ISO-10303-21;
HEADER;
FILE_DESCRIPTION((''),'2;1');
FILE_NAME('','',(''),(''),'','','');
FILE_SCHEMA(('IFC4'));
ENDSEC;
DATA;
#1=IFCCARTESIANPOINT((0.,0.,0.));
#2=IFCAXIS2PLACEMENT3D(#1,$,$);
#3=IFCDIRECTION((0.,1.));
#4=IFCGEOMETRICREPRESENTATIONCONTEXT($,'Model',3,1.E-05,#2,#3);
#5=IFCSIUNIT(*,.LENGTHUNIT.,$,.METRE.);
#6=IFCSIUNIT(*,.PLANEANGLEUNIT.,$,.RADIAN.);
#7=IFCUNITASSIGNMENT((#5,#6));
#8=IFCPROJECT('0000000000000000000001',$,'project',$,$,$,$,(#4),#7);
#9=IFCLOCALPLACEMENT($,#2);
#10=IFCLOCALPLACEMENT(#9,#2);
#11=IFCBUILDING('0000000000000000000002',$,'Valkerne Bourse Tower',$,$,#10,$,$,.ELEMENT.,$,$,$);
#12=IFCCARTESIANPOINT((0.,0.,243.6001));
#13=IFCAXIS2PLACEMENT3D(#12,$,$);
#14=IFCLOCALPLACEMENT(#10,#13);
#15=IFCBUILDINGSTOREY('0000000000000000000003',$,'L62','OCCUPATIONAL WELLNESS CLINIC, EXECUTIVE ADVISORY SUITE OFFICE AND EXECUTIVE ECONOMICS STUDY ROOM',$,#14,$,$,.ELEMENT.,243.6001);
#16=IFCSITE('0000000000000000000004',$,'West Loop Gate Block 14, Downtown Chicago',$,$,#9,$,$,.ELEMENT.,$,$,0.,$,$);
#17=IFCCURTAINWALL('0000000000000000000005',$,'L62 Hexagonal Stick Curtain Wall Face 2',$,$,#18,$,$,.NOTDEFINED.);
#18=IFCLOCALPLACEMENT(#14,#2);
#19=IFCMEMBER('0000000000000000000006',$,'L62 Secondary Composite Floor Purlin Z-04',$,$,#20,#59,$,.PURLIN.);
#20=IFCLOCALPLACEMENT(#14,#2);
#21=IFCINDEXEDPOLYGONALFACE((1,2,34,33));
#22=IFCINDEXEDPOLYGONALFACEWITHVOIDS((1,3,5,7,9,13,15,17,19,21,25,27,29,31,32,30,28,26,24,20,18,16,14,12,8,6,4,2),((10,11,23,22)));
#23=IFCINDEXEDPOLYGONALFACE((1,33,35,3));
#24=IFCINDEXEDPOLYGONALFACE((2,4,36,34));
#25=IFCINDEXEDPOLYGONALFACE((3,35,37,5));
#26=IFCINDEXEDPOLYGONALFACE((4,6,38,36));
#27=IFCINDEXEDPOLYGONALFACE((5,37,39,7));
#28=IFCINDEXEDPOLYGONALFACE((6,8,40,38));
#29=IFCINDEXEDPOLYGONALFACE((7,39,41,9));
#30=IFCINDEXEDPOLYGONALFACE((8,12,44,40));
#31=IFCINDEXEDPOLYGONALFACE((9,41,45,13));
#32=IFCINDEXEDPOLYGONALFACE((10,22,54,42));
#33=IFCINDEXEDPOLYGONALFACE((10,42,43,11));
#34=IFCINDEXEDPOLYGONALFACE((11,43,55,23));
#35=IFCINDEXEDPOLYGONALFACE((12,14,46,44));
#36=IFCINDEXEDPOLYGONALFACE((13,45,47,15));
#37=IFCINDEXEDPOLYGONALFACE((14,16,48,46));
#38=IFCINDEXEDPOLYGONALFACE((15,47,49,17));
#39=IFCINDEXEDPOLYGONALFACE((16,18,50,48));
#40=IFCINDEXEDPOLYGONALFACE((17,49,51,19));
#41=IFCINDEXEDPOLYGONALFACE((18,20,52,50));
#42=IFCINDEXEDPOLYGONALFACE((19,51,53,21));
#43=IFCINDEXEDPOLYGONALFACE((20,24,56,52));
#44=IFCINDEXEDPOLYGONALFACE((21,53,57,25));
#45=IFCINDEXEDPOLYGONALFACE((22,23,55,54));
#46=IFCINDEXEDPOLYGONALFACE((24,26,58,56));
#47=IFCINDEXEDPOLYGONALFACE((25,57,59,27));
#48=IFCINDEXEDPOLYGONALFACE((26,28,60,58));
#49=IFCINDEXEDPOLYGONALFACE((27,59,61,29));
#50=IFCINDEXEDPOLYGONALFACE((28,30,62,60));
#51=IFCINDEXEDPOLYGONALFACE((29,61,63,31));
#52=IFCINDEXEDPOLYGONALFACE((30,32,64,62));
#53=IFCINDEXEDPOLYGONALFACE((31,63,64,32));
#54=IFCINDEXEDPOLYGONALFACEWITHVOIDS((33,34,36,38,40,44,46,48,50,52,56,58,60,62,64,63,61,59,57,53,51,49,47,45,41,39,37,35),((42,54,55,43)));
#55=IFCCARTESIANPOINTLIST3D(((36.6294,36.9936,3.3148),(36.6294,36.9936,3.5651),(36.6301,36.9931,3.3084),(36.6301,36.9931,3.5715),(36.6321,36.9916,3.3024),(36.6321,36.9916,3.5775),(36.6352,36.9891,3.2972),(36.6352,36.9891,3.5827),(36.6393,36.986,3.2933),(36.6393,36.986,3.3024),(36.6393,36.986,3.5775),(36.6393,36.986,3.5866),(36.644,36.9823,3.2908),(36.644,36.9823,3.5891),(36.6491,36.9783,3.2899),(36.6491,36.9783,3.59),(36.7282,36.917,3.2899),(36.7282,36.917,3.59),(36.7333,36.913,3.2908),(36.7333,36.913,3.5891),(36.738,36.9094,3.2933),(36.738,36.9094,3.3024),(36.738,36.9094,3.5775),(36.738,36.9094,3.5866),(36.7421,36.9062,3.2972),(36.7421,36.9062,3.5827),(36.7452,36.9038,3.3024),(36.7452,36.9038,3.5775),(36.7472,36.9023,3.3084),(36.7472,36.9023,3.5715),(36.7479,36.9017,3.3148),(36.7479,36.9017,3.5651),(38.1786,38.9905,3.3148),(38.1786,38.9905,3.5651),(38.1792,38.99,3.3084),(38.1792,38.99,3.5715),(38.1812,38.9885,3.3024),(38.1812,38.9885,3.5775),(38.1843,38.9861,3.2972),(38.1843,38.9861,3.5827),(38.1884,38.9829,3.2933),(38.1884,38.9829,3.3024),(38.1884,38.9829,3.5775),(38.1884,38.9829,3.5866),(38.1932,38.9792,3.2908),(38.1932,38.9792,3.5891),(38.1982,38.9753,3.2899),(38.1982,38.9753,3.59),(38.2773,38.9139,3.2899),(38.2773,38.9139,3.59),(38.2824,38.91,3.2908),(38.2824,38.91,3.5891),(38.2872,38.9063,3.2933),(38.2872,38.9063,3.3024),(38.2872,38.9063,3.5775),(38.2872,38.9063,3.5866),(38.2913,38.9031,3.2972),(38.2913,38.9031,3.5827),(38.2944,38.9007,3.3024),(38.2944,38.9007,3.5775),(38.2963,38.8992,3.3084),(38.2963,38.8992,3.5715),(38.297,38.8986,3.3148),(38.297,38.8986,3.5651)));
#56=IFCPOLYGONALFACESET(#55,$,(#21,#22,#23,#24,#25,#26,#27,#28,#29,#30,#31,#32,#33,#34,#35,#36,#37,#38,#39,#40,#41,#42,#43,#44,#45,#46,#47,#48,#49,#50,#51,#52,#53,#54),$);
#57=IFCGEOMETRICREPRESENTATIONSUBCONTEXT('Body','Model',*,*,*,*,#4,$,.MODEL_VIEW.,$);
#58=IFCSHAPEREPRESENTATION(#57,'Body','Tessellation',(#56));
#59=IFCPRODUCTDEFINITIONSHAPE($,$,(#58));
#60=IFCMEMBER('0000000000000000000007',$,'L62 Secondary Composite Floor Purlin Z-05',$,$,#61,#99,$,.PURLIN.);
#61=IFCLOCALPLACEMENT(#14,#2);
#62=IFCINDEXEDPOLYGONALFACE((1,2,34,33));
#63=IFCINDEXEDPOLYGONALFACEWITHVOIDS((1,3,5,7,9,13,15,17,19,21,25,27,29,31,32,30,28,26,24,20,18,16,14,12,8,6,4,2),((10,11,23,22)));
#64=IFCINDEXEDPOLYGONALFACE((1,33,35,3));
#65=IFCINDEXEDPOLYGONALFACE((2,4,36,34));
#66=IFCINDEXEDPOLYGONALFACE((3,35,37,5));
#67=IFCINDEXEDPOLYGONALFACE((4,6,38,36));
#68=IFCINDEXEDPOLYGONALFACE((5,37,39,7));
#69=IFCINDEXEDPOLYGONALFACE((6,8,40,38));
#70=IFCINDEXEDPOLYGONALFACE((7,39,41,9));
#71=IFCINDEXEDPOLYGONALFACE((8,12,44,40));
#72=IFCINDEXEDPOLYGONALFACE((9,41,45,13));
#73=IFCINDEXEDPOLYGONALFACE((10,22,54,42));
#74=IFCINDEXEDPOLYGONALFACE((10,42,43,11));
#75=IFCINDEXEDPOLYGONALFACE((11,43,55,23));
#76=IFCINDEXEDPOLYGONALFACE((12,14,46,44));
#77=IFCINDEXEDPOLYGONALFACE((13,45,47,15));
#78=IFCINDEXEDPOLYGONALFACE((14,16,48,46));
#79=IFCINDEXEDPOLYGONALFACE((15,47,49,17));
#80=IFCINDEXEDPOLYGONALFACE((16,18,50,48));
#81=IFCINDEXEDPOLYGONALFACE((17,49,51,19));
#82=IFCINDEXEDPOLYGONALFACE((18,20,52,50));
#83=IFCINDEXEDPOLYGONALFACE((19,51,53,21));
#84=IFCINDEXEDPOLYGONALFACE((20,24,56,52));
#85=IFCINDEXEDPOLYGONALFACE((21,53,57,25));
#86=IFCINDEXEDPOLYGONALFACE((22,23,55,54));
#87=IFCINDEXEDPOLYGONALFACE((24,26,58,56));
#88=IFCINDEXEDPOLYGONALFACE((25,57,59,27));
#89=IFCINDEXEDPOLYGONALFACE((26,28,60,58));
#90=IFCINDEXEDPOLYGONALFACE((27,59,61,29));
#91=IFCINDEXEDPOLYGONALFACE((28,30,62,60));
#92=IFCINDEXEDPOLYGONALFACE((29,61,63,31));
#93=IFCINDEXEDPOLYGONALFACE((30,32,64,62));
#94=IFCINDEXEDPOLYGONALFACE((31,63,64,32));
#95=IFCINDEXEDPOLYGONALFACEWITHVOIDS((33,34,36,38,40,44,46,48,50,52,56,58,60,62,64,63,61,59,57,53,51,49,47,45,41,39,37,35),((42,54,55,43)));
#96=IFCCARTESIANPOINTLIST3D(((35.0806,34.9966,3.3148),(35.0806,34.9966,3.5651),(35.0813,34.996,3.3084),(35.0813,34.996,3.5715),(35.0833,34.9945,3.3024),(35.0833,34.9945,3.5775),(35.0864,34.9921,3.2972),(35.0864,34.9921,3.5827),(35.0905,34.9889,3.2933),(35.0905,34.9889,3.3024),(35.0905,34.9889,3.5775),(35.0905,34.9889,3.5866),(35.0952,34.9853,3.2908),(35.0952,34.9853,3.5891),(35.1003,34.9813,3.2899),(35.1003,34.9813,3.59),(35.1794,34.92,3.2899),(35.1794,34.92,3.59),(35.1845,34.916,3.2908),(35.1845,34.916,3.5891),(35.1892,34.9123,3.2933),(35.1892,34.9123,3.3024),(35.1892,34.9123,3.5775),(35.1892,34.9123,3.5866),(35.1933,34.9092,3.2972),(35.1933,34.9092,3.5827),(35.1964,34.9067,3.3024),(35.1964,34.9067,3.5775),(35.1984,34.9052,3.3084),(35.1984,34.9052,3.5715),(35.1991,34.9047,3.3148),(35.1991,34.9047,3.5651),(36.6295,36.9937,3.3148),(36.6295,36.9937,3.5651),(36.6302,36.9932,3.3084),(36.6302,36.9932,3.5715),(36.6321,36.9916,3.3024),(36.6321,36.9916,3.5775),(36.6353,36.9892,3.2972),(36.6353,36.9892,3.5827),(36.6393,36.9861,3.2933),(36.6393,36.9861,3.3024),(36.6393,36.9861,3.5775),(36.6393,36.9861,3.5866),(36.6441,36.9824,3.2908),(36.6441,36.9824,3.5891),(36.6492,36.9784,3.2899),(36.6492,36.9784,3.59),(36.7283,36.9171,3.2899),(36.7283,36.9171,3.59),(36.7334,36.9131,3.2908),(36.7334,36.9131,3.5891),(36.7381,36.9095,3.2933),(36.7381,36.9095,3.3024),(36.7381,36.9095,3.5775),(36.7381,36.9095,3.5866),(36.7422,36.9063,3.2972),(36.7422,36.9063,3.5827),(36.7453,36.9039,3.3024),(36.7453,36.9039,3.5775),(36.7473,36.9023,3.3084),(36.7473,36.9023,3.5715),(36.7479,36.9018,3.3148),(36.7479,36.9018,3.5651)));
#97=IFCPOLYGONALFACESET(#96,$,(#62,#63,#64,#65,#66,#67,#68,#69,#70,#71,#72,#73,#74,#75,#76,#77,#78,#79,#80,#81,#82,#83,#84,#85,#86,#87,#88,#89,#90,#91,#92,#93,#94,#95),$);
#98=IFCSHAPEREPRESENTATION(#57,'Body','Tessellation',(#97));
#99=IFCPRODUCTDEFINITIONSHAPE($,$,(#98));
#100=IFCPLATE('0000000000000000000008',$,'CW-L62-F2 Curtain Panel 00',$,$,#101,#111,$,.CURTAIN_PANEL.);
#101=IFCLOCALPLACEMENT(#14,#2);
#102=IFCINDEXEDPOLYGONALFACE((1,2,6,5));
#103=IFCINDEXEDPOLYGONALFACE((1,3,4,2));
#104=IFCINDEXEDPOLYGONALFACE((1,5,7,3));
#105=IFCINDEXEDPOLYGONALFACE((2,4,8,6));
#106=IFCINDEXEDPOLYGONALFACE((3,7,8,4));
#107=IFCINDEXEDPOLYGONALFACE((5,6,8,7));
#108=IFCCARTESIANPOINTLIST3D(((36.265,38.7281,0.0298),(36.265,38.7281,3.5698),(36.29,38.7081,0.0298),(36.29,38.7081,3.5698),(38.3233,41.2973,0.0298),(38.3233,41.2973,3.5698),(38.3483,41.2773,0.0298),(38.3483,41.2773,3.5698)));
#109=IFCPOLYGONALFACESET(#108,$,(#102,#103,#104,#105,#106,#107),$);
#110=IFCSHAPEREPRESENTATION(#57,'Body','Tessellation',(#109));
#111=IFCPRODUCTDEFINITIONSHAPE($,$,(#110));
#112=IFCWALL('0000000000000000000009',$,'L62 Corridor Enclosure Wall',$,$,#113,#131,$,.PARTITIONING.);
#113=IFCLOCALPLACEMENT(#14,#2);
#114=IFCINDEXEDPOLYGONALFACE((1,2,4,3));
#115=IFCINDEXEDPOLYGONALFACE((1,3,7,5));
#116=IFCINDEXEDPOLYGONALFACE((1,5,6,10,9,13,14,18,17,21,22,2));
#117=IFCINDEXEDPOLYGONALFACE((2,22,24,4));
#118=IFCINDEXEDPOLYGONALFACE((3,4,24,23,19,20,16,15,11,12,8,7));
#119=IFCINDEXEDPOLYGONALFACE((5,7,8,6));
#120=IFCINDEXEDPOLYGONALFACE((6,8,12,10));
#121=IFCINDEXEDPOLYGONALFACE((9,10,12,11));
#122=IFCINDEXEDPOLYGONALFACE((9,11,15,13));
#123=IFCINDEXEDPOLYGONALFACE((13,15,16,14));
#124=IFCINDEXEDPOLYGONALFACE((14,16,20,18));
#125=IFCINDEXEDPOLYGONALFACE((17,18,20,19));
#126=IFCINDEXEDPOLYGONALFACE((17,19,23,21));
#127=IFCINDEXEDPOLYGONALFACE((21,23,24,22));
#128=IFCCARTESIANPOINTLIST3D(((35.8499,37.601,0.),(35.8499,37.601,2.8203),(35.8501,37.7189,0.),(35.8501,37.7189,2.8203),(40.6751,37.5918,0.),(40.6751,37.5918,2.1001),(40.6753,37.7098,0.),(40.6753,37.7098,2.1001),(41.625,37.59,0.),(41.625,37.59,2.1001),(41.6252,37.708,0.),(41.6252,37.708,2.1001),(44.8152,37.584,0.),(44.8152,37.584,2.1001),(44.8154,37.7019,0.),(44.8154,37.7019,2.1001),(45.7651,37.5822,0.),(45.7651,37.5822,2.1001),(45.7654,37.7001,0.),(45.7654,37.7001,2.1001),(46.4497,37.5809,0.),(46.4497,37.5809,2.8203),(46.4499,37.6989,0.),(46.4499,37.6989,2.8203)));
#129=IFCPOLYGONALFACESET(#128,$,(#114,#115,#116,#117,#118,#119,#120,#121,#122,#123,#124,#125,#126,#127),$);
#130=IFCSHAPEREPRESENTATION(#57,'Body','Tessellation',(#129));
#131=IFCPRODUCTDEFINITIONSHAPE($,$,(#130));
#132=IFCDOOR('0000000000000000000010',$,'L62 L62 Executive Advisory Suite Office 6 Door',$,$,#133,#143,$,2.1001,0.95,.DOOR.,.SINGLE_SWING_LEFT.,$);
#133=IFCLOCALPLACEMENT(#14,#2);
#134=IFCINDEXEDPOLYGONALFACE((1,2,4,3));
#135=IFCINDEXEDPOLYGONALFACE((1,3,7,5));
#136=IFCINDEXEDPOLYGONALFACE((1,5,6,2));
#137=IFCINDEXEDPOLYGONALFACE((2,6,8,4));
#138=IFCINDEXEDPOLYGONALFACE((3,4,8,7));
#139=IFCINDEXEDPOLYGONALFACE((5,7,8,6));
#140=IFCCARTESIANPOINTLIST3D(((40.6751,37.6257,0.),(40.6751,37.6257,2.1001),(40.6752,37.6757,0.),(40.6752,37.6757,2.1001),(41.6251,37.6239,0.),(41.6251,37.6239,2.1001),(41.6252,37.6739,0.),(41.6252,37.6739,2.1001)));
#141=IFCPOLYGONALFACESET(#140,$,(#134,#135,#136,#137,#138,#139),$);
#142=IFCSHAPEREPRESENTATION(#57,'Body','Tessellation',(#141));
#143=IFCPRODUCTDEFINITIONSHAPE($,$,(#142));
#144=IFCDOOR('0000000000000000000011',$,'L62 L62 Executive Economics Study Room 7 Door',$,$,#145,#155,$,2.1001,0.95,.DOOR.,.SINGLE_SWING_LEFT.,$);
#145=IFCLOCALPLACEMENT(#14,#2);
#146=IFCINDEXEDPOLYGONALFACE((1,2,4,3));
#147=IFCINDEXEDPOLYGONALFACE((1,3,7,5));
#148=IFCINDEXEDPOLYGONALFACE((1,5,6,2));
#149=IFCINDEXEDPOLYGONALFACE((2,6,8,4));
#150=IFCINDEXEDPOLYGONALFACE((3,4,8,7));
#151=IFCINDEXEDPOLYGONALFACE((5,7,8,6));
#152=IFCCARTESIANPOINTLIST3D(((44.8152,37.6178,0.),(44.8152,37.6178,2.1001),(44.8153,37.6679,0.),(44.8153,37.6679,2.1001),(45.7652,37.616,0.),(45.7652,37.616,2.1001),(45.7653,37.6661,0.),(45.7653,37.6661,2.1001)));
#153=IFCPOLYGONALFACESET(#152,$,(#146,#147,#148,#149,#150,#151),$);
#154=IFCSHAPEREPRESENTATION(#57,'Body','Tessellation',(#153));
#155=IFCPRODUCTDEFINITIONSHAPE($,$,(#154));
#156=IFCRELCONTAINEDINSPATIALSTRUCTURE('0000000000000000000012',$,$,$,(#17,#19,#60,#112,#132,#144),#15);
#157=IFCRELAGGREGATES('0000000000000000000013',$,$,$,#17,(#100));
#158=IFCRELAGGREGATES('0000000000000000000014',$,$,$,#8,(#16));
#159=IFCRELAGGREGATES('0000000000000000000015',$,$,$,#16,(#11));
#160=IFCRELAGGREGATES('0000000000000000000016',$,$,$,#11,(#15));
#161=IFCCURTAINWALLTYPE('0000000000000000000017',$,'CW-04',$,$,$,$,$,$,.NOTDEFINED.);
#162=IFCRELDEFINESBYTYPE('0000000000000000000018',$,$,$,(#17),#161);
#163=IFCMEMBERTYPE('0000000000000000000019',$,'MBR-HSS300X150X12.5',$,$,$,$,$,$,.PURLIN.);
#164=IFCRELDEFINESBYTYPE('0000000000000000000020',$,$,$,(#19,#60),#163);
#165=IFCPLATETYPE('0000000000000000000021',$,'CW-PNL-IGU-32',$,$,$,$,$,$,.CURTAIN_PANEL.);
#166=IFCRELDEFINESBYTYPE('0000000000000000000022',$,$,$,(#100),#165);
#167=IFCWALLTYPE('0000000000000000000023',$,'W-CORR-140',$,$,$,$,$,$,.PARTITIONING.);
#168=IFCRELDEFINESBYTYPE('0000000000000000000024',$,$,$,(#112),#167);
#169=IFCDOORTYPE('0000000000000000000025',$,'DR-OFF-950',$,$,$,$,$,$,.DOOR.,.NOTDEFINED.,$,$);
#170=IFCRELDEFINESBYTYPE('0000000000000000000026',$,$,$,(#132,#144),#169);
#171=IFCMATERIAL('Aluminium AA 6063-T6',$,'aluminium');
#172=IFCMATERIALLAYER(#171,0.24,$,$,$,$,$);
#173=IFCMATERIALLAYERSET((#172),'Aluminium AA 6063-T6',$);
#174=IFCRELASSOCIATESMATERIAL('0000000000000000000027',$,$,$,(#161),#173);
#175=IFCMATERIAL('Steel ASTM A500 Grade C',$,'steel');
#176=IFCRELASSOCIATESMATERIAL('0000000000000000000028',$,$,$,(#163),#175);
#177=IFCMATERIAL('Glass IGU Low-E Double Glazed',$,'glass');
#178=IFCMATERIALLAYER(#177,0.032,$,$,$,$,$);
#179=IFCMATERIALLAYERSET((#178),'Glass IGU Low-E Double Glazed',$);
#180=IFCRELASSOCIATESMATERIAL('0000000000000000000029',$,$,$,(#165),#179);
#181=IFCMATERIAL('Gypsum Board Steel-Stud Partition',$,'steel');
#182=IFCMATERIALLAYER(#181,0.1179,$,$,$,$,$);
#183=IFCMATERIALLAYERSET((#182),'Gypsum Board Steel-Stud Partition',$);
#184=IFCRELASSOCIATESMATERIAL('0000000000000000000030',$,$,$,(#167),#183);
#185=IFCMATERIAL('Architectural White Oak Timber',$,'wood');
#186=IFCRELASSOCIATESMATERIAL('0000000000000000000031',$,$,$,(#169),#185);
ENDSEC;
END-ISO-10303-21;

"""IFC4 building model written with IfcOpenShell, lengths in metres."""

from ifc_helpers import new_model, si_unit, direction, frame, frame_2d, origin, origin_2d, place, context, subcontext, project, spatial, rectangle, hollow_rectangle, extrude, material, layer, layer_set, material_profile, profile_set, type_object, element, fill, aggregate, save


model = new_model("IFC4")

# Units and contexts
model_context = context("Model", 3, precision=1e-05, world=origin(), true_north=direction((0.0, 1.0)))
body_context = subcontext(model_context, "Body", "Model", "MODEL_VIEW")
ifc_project = project(units=[si_unit("LENGTHUNIT", "METRE"), si_unit("PLANEANGLEUNIT", "RADIAN")], contexts=[model_context])

# Site, building, storey
site_placement = place(None, origin())
site = spatial("IfcSite", under=ifc_project, at=site_placement, Name="West Loop Gate Block 14, Downtown Chicago", CompositionType="ELEMENT", RefElevation=0.0)
building_placement = place(site_placement, origin())
building = spatial("IfcBuilding", under=site, at=building_placement, Name="Valkerne Bourse Tower", CompositionType="ELEMENT")
storey_placement = place(building_placement, frame((0.0, 0.0, 243.6001)))
storey = spatial("IfcBuildingStorey", under=building, at=storey_placement, Name="L62", Description="OCCUPATIONAL WELLNESS CLINIC, EXECUTIVE ADVISORY SUITE OFFICE AND EXECUTIVE ECONOMICS STUDY ROOM", CompositionType="ELEMENT", Elevation=243.6001)

# Curtain wall
ifc_material_1 = material(Name="Aluminium AA 6063-T6", Category="aluminium")
ifc_layer_1 = layer(ifc_material_1, 0.24)
ifc_layer_set_1 = layer_set([ifc_layer_1], Name="Aluminium AA 6063-T6")
curtain_wall_type = type_object("IfcCurtainWallType", Name="CW-04", PredefinedType="NOTDEFINED", material=ifc_layer_set_1)
curtain_wall_placement = place(storey_placement, origin())
curtain_wall = element("IfcCurtainWall", 1, at=curtain_wall_placement, inside=storey, type_object=curtain_wall_type, Name="L62 Hexagonal Stick Curtain Wall Face 2", PredefinedType="NOTDEFINED")

# Members
ifc_material_2 = material(Name="Steel ASTM A500 Grade C", Category="steel")
ifc_material_profile_1 = material_profile(ifc_material_2, hollow_rectangle(XDim=0.1499, YDim=0.3, WallThickness=0.0125, OuterFilletRadius=0.0249, at=origin_2d()), Name="HSS300X150X12.5")
ifc_profile_set_1 = profile_set([ifc_material_profile_1], Name="Steel ASTM A500 Grade C")
member_type_1 = type_object("IfcMemberType", Name="MBR-HSS300X150X12.5", PredefinedType="PURLIN", material=ifc_profile_set_1)
for number, where, z_axis, x_axis, name in (
    (2, (38.2378, 38.9446, 3.4399), (-0.61295, -0.790121, 0.0), (0.790121, -0.61295, 0.0), "L62 Secondary Composite Floor Purlin Z-04"),
    (3, (36.6887, 36.9478, 3.4399), (-0.612843, -0.790205, 0.0), (0.790205, -0.612843, 0.0), "L62 Secondary Composite Floor Purlin Z-05"),
):
    element("IfcMember", number, at=place(storey_placement, frame(where, z_axis=z_axis, x_axis=x_axis)), inside=storey, type_object=member_type_1, Name=name, PredefinedType="PURLIN", context=body_context, shape_type="SweptSolid", body=[
        extrude(hollow_rectangle(XDim=0.1499, YDim=0.3, WallThickness=0.0125, OuterFilletRadius=0.0249, at=origin_2d()), origin(), (0.0, 0.0, 1.0), 2.5273),
    ])

# Plate
ifc_material_3 = material(Name="Glass IGU Low-E Double Glazed", Category="glass")
ifc_layer_2 = layer(ifc_material_3, 0.032)
ifc_layer_set_2 = layer_set([ifc_layer_2], Name="Glass IGU Low-E Double Glazed")
plate_type = type_object("IfcPlateType", Name="CW-PNL-IGU-32", PredefinedType="CURTAIN_PANEL", material=ifc_layer_set_2)
plate_placement = place(storey_placement, frame((37.3066, 40.0027, 0.0298), z_axis=(0.0, 0.0, 1.0), x_axis=(-0.625236, -0.780435, 0.0)))
plate = element("IfcPlate", 4, at=plate_placement, type_object=plate_type, Name="CW-L62-F2 Curtain Panel 00", PredefinedType="CURTAIN_PANEL", context=body_context, shape_type="SweptSolid", body=[
    extrude(rectangle(XDim=3.292, YDim=0.032, at=origin_2d()), origin(), (0.0, 0.0, 1.0), 3.54),
])
aggregate(curtain_wall, [plate])

# Wall, openings, doors
ifc_material_4 = material(Name="Gypsum Board Steel-Stud Partition", Category="steel")
ifc_layer_3 = layer(ifc_material_4, 0.1179)
ifc_layer_set_3 = layer_set([ifc_layer_3], Name="Gypsum Board Steel-Stud Partition")
wall_type = type_object("IfcWallType", Name="W-CORR-140", PredefinedType="PARTITIONING", material=ifc_layer_set_3)
wall_placement = place(storey_placement, frame((35.8501, 37.6599, 0.0), z_axis=(0.0, 0.0, 1.0), x_axis=(0.999998, -0.001889, 0.0)))
wall = element("IfcWall", 5, at=wall_placement, inside=storey, type_object=wall_type, Name="L62 Corridor Enclosure Wall", PredefinedType="PARTITIONING", context=body_context, shape_type="SweptSolid", body=[
    extrude(rectangle(XDim=10.5999, YDim=0.1179, at=frame_2d((5.2998, 0.0))), origin(), (0.0, 0.0, 1.0), 2.8203),
])
opening_1_placement = place(wall_placement, frame((4.825, 0.0, 0.0)))
opening_1 = element("IfcOpeningElement", 6, at=opening_1_placement, cuts=wall, PredefinedType="OPENING", context=body_context, shape_type="SweptSolid", body=[
    extrude(rectangle(XDim=0.95, YDim=2.1001, at=frame_2d((0.4751, 1.05))), frame((0.0, 0.0688, 0.0), z_axis=(0.0, -1.0, 0.0), x_axis=(1.0, 0.0, 0.0)), (0.0, 0.0, 1.0), 0.1379),
])
opening_2_placement = place(wall_placement, frame((8.9651, 0.0, 0.0)))
opening_2 = element("IfcOpeningElement", 7, at=opening_2_placement, cuts=wall, PredefinedType="OPENING", context=body_context, shape_type="SweptSolid", body=[
    extrude(rectangle(XDim=0.95, YDim=2.1001, at=frame_2d((0.4751, 1.05))), frame((0.0, 0.0688, 0.0), z_axis=(0.0, -1.0, 0.0), x_axis=(1.0, 0.0, 0.0)), (0.0, 0.0, 1.0), 0.1379),
])
ifc_material_5 = material(Name="Architectural White Oak Timber", Category="wood")
door_type = type_object("IfcDoorType", Name="DR-OFF-950", OperationType="NOTDEFINED", PredefinedType="DOOR", material=ifc_material_5)
door_1_placement = place(opening_1_placement, origin())
door_1 = element("IfcDoor", 8, at=door_1_placement, inside=storey, type_object=door_type, Name="L62 L62 Executive Advisory Suite Office 6 Door", OperationType="SINGLE_SWING_LEFT", OverallHeight=2.1001, OverallWidth=0.95, PredefinedType="DOOR", context=body_context, shape_type="SweptSolid", body=[
    extrude(rectangle(XDim=0.95, YDim=2.1001, at=frame_2d((0.4751, 1.05))), frame((0.0, 0.0249, 0.0), z_axis=(0.0, -1.0, 0.0), x_axis=(1.0, 0.0, 0.0)), (0.0, 0.0, 1.0), 0.05),
])
fill(opening_1, door_1)
door_2_placement = place(opening_2_placement, origin())
door_2 = element("IfcDoor", 9, at=door_2_placement, inside=storey, type_object=door_type, Name="L62 L62 Executive Economics Study Room 7 Door", OperationType="SINGLE_SWING_LEFT", OverallHeight=2.1001, OverallWidth=0.95, PredefinedType="DOOR", context=body_context, shape_type="SweptSolid", body=[
    extrude(rectangle(XDim=0.95, YDim=2.1001, at=frame_2d((0.4751, 1.05))), frame((0.0, 0.0249, 0.0), z_axis=(0.0, -1.0, 0.0), x_axis=(1.0, 0.0, 0.0)), (0.0, 0.0, 1.0), 0.05),
])
fill(opening_2, door_2)

save(model, "model.ifc")
